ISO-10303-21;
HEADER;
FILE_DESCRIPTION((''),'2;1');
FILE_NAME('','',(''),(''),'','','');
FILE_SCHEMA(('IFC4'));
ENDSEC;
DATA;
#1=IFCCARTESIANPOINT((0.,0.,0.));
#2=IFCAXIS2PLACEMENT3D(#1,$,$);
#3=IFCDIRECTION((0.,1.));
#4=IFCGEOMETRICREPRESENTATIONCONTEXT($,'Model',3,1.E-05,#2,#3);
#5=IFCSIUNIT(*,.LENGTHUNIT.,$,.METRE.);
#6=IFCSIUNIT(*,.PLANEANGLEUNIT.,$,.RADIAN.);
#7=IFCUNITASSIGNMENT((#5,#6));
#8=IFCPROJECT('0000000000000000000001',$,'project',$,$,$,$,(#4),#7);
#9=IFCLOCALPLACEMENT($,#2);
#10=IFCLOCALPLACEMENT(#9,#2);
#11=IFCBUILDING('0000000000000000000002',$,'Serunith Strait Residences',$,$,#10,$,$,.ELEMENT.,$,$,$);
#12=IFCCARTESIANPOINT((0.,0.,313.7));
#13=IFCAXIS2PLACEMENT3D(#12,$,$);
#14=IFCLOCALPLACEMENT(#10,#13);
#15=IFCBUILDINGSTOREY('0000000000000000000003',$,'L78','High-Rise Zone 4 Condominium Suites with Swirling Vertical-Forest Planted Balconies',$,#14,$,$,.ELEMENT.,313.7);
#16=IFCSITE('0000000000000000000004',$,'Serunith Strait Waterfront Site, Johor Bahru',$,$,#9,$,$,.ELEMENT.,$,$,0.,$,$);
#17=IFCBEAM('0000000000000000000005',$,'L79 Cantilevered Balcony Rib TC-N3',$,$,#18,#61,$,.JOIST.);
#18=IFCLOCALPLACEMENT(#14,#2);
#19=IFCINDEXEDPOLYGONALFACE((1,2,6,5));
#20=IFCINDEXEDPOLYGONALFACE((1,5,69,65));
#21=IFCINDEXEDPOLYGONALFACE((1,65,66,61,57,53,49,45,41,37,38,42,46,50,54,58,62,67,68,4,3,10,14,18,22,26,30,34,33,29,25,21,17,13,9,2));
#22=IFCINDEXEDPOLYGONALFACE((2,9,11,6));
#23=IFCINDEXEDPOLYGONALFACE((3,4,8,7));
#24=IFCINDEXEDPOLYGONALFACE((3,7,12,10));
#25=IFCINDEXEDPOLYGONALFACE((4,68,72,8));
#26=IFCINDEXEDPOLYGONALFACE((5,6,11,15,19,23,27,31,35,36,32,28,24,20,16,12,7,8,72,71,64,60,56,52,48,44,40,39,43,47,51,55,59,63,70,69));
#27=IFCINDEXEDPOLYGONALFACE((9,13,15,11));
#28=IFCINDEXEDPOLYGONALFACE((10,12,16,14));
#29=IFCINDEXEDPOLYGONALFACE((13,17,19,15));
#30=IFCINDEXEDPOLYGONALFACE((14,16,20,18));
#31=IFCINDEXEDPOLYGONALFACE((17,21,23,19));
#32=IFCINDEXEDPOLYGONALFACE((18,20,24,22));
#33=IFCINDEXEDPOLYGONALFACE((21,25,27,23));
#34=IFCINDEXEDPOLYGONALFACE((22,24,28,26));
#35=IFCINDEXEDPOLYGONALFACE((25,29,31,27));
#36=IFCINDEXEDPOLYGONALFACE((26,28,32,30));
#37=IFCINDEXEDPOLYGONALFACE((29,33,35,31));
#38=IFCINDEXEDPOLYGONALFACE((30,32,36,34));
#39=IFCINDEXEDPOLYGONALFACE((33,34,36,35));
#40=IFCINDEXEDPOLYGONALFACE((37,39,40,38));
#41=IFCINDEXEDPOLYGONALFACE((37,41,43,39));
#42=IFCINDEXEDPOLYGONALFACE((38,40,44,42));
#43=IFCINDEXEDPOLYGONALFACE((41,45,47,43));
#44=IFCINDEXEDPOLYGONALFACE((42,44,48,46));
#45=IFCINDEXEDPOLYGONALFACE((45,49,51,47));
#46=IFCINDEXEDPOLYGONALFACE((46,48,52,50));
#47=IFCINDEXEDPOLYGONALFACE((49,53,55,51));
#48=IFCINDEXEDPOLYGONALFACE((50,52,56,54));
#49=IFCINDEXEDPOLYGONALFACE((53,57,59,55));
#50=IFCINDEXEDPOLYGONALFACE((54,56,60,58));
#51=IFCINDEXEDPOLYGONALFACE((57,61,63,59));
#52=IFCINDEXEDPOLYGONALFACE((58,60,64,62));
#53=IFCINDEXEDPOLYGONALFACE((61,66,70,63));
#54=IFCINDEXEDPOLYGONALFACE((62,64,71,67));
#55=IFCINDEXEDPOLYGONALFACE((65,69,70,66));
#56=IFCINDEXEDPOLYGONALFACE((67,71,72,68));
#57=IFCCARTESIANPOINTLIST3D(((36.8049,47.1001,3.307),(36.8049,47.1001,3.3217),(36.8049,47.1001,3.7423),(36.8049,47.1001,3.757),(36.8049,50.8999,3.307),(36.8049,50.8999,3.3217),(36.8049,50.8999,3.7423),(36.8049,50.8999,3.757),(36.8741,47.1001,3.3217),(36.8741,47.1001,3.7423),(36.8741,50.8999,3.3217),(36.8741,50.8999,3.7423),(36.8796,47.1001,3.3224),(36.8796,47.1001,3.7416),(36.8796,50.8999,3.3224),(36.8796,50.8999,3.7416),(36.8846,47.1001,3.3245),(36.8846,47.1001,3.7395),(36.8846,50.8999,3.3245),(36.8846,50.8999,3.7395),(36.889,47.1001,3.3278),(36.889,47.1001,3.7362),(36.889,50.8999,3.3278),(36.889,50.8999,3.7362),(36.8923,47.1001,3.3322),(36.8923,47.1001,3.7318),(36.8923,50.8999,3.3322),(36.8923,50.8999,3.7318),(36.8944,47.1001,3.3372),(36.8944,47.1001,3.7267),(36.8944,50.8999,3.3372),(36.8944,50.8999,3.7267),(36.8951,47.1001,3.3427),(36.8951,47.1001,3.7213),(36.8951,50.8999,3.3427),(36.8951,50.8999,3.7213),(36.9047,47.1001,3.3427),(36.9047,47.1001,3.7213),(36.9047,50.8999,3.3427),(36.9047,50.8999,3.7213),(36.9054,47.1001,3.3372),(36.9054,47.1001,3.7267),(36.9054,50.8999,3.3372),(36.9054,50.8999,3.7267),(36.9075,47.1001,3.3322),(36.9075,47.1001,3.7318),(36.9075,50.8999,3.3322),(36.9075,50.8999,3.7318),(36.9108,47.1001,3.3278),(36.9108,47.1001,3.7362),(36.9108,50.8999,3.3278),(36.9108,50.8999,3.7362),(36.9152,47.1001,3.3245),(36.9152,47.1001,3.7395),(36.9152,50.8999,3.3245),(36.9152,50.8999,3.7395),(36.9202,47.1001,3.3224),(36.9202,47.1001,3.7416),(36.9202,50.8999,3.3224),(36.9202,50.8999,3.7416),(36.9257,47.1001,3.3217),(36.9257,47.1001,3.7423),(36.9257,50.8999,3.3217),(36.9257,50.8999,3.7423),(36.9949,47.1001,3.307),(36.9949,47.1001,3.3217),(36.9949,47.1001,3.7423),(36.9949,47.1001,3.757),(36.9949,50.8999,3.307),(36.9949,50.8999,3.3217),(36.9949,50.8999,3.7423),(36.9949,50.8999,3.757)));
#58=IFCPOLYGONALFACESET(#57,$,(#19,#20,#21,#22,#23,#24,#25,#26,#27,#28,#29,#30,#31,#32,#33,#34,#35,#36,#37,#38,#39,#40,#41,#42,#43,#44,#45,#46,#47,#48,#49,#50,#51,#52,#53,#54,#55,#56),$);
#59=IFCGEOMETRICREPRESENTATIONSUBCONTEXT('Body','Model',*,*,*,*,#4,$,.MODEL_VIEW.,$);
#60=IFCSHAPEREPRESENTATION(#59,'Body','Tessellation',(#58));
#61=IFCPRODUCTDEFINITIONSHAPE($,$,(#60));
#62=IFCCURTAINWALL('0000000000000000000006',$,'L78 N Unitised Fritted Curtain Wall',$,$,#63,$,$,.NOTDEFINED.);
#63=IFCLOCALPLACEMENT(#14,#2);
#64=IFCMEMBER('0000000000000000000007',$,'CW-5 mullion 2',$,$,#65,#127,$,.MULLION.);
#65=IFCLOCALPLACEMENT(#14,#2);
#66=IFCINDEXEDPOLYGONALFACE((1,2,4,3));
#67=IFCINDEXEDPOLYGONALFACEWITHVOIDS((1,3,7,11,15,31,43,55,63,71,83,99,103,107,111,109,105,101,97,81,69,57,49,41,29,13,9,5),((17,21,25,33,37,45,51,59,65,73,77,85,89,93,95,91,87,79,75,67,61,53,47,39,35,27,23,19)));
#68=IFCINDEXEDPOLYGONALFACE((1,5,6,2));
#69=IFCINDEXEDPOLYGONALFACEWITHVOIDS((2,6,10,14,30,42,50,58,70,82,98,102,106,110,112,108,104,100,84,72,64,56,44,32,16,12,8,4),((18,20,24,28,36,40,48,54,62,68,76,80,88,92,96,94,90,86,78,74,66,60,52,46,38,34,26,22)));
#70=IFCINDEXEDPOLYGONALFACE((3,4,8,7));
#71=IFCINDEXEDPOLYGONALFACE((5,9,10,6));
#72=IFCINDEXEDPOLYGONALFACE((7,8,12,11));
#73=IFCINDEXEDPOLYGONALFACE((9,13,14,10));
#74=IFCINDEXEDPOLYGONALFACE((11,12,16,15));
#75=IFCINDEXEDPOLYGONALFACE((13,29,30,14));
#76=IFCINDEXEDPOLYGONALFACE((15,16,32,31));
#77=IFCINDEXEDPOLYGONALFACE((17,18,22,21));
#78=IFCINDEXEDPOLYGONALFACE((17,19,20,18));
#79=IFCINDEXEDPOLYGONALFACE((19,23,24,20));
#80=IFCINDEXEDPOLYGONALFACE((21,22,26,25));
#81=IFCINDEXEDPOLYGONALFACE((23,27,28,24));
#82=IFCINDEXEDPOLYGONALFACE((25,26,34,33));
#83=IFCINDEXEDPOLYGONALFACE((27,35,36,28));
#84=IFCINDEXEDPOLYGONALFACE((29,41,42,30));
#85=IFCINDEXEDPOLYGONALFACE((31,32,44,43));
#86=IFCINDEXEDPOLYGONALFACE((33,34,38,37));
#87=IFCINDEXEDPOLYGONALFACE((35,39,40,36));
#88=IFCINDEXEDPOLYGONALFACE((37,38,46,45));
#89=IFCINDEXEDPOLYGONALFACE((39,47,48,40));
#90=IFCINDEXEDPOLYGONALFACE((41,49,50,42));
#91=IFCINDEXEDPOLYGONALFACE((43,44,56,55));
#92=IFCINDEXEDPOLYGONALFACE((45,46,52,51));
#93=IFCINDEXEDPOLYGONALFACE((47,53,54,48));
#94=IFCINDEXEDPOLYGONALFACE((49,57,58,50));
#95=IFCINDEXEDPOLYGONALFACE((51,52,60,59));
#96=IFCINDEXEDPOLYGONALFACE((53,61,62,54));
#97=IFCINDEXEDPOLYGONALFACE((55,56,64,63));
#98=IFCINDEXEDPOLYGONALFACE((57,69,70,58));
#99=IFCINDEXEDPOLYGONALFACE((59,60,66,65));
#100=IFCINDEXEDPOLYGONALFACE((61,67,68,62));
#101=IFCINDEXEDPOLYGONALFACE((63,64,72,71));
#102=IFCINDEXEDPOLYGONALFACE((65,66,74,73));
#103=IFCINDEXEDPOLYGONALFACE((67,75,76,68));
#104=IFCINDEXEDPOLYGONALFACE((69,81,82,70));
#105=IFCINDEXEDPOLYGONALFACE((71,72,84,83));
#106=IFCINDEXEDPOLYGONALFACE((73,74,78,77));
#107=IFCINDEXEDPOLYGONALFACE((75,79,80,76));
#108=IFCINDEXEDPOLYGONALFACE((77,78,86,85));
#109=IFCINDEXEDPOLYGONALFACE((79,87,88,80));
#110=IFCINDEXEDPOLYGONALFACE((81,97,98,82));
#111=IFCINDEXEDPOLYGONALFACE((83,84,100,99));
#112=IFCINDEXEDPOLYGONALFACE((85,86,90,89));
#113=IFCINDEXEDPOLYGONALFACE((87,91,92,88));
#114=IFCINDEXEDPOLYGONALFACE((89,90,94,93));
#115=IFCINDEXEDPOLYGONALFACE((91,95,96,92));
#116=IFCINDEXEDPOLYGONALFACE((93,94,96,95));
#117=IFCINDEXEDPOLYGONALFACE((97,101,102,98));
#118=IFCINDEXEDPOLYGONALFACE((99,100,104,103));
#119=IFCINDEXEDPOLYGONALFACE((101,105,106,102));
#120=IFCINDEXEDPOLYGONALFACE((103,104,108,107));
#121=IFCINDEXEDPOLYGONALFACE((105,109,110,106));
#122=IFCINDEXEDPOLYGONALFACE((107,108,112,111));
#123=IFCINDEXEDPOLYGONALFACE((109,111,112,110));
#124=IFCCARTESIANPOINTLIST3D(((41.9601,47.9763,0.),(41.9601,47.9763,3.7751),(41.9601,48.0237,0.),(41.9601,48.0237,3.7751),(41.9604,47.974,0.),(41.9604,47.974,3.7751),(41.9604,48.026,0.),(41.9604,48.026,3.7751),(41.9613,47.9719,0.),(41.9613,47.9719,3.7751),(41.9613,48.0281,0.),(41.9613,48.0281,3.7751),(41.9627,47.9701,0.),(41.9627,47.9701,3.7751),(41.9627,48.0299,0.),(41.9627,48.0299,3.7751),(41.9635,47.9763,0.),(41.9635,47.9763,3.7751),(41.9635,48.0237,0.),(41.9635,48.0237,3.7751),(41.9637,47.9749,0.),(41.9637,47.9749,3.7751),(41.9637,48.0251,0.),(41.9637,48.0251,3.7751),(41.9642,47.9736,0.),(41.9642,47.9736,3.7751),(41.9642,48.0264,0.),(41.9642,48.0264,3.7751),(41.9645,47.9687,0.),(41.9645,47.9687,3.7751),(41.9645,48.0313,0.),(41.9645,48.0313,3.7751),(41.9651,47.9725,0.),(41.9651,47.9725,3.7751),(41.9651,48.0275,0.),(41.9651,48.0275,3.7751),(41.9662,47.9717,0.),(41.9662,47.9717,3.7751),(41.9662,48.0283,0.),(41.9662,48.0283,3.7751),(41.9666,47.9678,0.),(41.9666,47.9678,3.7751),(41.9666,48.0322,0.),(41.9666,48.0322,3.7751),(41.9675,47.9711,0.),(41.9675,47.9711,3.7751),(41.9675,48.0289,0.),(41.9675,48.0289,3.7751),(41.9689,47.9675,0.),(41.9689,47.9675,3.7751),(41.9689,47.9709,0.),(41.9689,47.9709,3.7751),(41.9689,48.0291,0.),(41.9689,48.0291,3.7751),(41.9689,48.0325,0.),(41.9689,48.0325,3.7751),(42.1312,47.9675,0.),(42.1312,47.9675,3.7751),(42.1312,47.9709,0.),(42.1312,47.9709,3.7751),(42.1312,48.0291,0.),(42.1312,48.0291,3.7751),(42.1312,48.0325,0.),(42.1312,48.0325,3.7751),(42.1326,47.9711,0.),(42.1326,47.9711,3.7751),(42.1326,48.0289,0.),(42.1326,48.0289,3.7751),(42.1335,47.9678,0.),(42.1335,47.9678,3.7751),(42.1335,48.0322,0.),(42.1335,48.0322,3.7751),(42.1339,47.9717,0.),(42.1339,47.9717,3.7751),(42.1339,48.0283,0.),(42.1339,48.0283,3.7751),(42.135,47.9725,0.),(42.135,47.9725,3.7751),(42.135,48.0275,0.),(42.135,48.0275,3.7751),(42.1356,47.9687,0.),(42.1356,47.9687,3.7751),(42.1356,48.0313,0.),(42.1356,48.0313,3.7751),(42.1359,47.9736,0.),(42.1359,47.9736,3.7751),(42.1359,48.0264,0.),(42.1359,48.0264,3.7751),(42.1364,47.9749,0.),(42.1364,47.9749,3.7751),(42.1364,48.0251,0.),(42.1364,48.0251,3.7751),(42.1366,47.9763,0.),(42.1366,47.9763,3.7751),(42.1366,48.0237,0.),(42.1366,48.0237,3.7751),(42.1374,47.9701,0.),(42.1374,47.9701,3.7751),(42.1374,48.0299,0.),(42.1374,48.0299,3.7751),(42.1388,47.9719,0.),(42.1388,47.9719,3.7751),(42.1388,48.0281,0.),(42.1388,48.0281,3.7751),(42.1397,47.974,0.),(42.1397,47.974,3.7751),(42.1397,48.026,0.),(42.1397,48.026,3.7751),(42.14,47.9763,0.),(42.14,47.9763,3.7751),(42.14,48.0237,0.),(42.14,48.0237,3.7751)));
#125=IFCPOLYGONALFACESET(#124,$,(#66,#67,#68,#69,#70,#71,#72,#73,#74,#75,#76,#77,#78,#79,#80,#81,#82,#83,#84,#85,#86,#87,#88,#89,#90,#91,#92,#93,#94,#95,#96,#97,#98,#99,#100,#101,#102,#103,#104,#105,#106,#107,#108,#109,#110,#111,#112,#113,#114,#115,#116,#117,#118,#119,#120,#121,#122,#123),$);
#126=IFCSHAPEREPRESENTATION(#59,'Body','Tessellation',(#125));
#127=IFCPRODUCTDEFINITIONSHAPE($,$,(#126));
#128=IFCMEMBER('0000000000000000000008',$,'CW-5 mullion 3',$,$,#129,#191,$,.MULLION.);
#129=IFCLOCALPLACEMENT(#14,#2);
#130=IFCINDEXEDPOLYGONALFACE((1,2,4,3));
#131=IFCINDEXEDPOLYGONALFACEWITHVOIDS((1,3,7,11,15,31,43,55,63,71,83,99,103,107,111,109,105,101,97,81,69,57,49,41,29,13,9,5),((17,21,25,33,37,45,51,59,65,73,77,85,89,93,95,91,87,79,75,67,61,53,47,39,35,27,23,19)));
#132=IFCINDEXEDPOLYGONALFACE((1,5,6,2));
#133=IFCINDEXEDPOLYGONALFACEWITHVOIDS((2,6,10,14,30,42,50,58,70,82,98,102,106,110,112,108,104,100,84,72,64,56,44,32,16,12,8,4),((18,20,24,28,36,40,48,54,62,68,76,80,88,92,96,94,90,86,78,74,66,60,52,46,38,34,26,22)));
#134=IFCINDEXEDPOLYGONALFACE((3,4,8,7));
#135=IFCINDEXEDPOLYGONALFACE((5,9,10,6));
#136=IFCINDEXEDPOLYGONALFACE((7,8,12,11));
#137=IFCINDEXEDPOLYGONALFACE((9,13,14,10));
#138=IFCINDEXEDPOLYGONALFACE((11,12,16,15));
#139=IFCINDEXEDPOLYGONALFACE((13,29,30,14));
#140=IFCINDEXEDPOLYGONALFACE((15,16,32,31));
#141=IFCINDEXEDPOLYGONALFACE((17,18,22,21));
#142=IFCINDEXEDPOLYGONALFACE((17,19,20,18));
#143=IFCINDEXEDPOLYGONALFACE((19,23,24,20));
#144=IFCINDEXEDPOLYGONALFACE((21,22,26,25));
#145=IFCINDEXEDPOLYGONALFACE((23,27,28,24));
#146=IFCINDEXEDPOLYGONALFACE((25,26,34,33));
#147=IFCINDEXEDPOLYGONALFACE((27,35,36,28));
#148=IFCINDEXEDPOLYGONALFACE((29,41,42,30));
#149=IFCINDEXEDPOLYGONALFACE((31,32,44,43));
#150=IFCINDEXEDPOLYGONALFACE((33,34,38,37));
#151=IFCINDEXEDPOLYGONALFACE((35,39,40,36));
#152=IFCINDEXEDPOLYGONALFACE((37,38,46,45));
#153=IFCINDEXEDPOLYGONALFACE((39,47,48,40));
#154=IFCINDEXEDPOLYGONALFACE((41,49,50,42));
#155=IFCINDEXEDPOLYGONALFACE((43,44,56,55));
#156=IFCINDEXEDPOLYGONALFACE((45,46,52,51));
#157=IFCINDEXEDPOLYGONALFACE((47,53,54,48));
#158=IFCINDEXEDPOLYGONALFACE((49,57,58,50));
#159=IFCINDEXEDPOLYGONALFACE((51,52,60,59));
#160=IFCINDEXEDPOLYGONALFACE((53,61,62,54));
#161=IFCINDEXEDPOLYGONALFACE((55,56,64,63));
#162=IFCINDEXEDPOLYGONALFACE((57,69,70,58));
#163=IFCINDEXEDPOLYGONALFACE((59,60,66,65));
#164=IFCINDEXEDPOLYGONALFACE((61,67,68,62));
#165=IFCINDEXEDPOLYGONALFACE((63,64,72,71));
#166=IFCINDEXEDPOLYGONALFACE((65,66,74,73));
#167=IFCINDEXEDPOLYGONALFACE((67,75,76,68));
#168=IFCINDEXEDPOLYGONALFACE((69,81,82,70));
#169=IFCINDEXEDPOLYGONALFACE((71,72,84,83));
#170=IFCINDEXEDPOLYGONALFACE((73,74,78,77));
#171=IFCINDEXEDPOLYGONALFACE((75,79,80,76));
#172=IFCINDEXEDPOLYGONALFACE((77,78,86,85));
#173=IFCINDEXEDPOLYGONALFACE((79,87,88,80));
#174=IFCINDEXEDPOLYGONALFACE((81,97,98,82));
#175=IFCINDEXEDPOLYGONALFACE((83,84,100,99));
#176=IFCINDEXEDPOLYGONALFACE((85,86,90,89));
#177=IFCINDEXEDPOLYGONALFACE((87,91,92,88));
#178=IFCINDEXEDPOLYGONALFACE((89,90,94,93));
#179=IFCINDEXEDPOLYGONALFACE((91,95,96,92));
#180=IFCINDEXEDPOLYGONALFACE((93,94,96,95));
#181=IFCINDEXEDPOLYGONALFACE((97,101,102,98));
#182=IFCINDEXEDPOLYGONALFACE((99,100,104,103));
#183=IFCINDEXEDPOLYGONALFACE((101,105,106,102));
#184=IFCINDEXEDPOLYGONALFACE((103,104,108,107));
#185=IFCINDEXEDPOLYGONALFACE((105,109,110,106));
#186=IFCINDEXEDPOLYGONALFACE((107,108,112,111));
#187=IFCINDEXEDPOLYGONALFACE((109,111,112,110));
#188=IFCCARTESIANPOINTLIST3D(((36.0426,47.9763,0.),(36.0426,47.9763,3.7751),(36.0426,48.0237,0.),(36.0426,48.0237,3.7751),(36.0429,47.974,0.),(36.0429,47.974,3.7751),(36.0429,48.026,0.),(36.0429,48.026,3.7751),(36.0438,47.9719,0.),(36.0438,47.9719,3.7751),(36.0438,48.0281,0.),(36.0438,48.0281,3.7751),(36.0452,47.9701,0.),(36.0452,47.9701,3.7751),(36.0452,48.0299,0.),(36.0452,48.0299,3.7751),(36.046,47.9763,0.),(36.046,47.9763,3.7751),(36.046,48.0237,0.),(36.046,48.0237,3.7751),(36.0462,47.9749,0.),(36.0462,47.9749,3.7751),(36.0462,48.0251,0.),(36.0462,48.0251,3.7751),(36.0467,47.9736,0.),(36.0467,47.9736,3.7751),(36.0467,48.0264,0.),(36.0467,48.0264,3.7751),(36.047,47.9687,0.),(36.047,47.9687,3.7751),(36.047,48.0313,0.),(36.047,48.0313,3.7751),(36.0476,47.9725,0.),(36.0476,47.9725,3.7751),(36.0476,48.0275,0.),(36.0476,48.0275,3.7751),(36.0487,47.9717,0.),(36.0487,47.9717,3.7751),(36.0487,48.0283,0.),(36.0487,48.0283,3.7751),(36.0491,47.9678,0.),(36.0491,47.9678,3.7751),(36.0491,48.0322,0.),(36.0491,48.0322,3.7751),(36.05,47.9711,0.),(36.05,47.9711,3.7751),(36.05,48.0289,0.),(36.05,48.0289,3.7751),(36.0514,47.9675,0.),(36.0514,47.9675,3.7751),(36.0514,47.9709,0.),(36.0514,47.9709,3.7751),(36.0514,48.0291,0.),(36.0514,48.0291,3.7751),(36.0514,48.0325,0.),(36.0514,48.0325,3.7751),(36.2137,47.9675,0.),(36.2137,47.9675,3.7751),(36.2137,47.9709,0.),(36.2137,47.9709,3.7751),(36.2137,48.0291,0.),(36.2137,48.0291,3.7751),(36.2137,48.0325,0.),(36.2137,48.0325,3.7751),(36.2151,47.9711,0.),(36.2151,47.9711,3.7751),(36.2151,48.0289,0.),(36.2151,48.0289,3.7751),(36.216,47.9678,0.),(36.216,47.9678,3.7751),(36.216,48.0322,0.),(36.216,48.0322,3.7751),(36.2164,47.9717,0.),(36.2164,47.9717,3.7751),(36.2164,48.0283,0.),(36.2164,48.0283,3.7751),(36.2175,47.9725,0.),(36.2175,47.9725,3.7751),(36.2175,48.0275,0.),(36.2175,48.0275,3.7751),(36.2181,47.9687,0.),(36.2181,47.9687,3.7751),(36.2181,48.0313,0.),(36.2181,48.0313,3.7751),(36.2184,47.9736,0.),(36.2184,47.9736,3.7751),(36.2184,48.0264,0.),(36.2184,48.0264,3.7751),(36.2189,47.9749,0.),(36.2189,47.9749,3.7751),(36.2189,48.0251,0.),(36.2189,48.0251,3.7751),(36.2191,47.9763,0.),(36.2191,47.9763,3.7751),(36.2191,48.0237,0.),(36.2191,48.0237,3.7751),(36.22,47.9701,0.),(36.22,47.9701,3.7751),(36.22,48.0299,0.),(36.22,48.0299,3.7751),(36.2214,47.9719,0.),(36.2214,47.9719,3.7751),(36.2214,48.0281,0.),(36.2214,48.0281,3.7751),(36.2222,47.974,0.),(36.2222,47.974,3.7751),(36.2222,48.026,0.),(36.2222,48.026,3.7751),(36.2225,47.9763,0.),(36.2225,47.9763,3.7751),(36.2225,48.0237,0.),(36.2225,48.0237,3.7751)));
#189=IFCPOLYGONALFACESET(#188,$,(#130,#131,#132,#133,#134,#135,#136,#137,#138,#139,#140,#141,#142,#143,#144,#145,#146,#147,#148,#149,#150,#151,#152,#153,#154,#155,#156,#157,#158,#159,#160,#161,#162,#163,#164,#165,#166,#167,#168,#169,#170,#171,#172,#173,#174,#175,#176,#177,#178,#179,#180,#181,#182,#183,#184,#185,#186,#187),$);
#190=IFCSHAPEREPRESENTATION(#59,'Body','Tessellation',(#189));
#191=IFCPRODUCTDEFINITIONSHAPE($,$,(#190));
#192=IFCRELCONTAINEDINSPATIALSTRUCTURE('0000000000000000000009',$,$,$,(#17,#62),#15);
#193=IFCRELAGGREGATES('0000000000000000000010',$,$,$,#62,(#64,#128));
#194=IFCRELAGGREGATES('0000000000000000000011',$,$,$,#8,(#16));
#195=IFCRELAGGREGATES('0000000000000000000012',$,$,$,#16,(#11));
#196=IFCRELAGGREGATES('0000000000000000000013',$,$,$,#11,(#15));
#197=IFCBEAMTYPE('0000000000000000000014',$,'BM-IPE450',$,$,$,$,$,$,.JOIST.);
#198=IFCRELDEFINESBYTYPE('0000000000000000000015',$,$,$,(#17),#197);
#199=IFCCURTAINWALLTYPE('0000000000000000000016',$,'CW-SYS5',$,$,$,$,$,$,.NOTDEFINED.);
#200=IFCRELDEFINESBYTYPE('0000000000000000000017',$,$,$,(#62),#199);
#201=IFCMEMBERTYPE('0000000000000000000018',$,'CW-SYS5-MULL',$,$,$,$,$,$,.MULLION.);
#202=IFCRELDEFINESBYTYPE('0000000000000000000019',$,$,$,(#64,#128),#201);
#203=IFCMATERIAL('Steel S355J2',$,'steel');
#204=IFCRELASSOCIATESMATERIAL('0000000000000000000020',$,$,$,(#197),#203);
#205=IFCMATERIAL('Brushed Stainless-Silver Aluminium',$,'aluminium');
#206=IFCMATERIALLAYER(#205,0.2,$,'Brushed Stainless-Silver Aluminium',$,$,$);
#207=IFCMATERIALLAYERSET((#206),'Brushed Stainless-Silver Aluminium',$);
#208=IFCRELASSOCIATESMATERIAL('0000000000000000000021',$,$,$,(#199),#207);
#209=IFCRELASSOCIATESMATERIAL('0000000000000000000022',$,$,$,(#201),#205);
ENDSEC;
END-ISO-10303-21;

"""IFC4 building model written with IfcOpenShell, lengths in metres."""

from ifc_helpers import new_model, si_unit, direction, frame, origin, origin_2d, place, context, subcontext, project, spatial, hollow_rectangle, i_section, extrude, source, transform, mapped, material, layer, layer_set, material_profile, profile_set, type_object, element, aggregate, save


model = new_model("IFC4")

# Units and contexts
model_context = context("Model", 3, precision=1e-05, world=origin(), true_north=direction((0.0, 1.0)))
body_context = subcontext(model_context, "Body", "Model", "MODEL_VIEW")
ifc_project = project(units=[si_unit("LENGTHUNIT", "METRE"), si_unit("PLANEANGLEUNIT", "RADIAN")], contexts=[model_context])

# Site, building, storey
site_placement = place(None, origin())
site = spatial("IfcSite", under=ifc_project, at=site_placement, Name="Serunith Strait Waterfront Site, Johor Bahru", CompositionType="ELEMENT", RefElevation=0.0)
building_placement = place(site_placement, origin())
building = spatial("IfcBuilding", under=site, at=building_placement, Name="Serunith Strait Residences", CompositionType="ELEMENT")
storey_placement = place(building_placement, frame((0.0, 0.0, 313.7)))
storey = spatial("IfcBuildingStorey", under=building, at=storey_placement, Name="L78", Description="High-Rise Zone 4 Condominium Suites with Swirling Vertical-Forest Planted Balconies", CompositionType="ELEMENT", Elevation=313.7)

# Beam
ifc_material_1 = material(Name="Steel S355J2", Category="steel")
ifc_material_profile_1 = material_profile(ifc_material_1, i_section(OverallWidth=0.1899, OverallDepth=0.45, WebThickness=0.0095, FlangeThickness=0.0146, FilletRadius=0.021, at=origin_2d()), Name="IPE 450")
ifc_profile_set_1 = profile_set([ifc_material_profile_1], Name="Steel S355J2")
beam_type_1 = type_object("IfcBeamType", Name="BM-IPE450", PredefinedType="JOIST", material=ifc_profile_set_1)
shared_shape_1 = source(origin(), body_context, "Body", "SweptSolid", [
    extrude(i_section(OverallWidth=0.1899, OverallDepth=0.45, WebThickness=0.0095, FlangeThickness=0.0146, FilletRadius=0.021, at=origin_2d()), origin(), (0.0, 0.0, 1.0), 3.7998),
])
beam_1_placement = place(storey_placement, frame((36.8999, 47.1001, 3.532), z_axis=(0.0, 1.0, 0.0), x_axis=(-1.0, 0.0, 0.0)))
element("IfcBeam", 1, at=beam_1_placement, inside=storey, type_object=beam_type_1, Name="L79 Cantilevered Balcony Rib TC-N3", PredefinedType="JOIST", context=body_context, shape_type="MappedRepresentation", body=[
    mapped(shared_shape_1, transform((0.0, 0.0, 0.0), scale=1.0)),
])

# Curtain wall, members
ifc_material_2 = material(Name="Brushed Stainless-Silver Aluminium", Category="aluminium")
ifc_layer_1 = layer(ifc_material_2, 0.2, Name="Brushed Stainless-Silver Aluminium")
ifc_layer_set_1 = layer_set([ifc_layer_1], Name="Brushed Stainless-Silver Aluminium")
curtain_wall_type = type_object("IfcCurtainWallType", Name="CW-SYS5", PredefinedType="NOTDEFINED", material=ifc_layer_set_1)
curtain_wall_1_placement = place(storey_placement, origin())
curtain_wall_1 = element("IfcCurtainWall", 2, at=curtain_wall_1_placement, inside=storey, type_object=curtain_wall_type, Name="L78 N Unitised Fritted Curtain Wall", PredefinedType="NOTDEFINED")
ifc_material_profile_2 = material_profile(ifc_material_2, hollow_rectangle(XDim=0.0649, YDim=0.1799, WallThickness=0.0034, InnerFilletRadius=0.0054, OuterFilletRadius=0.0088, at=origin_2d()), Name="ALU 180x65x3.5")
ifc_profile_set_2 = profile_set([ifc_material_profile_2], Name="Brushed Stainless-Silver Aluminium")
member_type_1 = type_object("IfcMemberType", Name="CW-SYS5-MULL", PredefinedType="MULLION", material=ifc_profile_set_2)
shared_shape_2 = source(origin(), body_context, "Body", "SweptSolid", [
    extrude(hollow_rectangle(XDim=0.0649, YDim=0.1799, WallThickness=0.0034, InnerFilletRadius=0.0054, OuterFilletRadius=0.0088, at=origin_2d()), origin(), (0.0, 0.0, 1.0), 3.7751),
])
member_1_placement = place(storey_placement, frame((42.05, 48.0, 0.0), z_axis=(0.0, 0.0, 1.0), x_axis=(0.0, -1.0, 0.0)))
member_1 = element("IfcMember", 3, at=member_1_placement, type_object=member_type_1, Name="CW-5 mullion 2", PredefinedType="MULLION", context=body_context, shape_type="MappedRepresentation", body=[
    mapped(shared_shape_2, transform((0.0, 0.0, 0.0), scale=1.0)),
])
member_2_placement = place(storey_placement, frame((36.1326, 48.0, 0.0), z_axis=(0.0, 0.0, 1.0), x_axis=(0.0, -1.0, 0.0)))
member_2 = element("IfcMember", 4, at=member_2_placement, type_object=member_type_1, Name="CW-5 mullion 3", PredefinedType="MULLION", context=body_context, shape_type="MappedRepresentation", body=[
    mapped(shared_shape_2, transform((0.0, 0.0, 0.0), scale=1.0)),
])

aggregate(curtain_wall_1, [member_1, member_2])

save(model, "model.ifc")
